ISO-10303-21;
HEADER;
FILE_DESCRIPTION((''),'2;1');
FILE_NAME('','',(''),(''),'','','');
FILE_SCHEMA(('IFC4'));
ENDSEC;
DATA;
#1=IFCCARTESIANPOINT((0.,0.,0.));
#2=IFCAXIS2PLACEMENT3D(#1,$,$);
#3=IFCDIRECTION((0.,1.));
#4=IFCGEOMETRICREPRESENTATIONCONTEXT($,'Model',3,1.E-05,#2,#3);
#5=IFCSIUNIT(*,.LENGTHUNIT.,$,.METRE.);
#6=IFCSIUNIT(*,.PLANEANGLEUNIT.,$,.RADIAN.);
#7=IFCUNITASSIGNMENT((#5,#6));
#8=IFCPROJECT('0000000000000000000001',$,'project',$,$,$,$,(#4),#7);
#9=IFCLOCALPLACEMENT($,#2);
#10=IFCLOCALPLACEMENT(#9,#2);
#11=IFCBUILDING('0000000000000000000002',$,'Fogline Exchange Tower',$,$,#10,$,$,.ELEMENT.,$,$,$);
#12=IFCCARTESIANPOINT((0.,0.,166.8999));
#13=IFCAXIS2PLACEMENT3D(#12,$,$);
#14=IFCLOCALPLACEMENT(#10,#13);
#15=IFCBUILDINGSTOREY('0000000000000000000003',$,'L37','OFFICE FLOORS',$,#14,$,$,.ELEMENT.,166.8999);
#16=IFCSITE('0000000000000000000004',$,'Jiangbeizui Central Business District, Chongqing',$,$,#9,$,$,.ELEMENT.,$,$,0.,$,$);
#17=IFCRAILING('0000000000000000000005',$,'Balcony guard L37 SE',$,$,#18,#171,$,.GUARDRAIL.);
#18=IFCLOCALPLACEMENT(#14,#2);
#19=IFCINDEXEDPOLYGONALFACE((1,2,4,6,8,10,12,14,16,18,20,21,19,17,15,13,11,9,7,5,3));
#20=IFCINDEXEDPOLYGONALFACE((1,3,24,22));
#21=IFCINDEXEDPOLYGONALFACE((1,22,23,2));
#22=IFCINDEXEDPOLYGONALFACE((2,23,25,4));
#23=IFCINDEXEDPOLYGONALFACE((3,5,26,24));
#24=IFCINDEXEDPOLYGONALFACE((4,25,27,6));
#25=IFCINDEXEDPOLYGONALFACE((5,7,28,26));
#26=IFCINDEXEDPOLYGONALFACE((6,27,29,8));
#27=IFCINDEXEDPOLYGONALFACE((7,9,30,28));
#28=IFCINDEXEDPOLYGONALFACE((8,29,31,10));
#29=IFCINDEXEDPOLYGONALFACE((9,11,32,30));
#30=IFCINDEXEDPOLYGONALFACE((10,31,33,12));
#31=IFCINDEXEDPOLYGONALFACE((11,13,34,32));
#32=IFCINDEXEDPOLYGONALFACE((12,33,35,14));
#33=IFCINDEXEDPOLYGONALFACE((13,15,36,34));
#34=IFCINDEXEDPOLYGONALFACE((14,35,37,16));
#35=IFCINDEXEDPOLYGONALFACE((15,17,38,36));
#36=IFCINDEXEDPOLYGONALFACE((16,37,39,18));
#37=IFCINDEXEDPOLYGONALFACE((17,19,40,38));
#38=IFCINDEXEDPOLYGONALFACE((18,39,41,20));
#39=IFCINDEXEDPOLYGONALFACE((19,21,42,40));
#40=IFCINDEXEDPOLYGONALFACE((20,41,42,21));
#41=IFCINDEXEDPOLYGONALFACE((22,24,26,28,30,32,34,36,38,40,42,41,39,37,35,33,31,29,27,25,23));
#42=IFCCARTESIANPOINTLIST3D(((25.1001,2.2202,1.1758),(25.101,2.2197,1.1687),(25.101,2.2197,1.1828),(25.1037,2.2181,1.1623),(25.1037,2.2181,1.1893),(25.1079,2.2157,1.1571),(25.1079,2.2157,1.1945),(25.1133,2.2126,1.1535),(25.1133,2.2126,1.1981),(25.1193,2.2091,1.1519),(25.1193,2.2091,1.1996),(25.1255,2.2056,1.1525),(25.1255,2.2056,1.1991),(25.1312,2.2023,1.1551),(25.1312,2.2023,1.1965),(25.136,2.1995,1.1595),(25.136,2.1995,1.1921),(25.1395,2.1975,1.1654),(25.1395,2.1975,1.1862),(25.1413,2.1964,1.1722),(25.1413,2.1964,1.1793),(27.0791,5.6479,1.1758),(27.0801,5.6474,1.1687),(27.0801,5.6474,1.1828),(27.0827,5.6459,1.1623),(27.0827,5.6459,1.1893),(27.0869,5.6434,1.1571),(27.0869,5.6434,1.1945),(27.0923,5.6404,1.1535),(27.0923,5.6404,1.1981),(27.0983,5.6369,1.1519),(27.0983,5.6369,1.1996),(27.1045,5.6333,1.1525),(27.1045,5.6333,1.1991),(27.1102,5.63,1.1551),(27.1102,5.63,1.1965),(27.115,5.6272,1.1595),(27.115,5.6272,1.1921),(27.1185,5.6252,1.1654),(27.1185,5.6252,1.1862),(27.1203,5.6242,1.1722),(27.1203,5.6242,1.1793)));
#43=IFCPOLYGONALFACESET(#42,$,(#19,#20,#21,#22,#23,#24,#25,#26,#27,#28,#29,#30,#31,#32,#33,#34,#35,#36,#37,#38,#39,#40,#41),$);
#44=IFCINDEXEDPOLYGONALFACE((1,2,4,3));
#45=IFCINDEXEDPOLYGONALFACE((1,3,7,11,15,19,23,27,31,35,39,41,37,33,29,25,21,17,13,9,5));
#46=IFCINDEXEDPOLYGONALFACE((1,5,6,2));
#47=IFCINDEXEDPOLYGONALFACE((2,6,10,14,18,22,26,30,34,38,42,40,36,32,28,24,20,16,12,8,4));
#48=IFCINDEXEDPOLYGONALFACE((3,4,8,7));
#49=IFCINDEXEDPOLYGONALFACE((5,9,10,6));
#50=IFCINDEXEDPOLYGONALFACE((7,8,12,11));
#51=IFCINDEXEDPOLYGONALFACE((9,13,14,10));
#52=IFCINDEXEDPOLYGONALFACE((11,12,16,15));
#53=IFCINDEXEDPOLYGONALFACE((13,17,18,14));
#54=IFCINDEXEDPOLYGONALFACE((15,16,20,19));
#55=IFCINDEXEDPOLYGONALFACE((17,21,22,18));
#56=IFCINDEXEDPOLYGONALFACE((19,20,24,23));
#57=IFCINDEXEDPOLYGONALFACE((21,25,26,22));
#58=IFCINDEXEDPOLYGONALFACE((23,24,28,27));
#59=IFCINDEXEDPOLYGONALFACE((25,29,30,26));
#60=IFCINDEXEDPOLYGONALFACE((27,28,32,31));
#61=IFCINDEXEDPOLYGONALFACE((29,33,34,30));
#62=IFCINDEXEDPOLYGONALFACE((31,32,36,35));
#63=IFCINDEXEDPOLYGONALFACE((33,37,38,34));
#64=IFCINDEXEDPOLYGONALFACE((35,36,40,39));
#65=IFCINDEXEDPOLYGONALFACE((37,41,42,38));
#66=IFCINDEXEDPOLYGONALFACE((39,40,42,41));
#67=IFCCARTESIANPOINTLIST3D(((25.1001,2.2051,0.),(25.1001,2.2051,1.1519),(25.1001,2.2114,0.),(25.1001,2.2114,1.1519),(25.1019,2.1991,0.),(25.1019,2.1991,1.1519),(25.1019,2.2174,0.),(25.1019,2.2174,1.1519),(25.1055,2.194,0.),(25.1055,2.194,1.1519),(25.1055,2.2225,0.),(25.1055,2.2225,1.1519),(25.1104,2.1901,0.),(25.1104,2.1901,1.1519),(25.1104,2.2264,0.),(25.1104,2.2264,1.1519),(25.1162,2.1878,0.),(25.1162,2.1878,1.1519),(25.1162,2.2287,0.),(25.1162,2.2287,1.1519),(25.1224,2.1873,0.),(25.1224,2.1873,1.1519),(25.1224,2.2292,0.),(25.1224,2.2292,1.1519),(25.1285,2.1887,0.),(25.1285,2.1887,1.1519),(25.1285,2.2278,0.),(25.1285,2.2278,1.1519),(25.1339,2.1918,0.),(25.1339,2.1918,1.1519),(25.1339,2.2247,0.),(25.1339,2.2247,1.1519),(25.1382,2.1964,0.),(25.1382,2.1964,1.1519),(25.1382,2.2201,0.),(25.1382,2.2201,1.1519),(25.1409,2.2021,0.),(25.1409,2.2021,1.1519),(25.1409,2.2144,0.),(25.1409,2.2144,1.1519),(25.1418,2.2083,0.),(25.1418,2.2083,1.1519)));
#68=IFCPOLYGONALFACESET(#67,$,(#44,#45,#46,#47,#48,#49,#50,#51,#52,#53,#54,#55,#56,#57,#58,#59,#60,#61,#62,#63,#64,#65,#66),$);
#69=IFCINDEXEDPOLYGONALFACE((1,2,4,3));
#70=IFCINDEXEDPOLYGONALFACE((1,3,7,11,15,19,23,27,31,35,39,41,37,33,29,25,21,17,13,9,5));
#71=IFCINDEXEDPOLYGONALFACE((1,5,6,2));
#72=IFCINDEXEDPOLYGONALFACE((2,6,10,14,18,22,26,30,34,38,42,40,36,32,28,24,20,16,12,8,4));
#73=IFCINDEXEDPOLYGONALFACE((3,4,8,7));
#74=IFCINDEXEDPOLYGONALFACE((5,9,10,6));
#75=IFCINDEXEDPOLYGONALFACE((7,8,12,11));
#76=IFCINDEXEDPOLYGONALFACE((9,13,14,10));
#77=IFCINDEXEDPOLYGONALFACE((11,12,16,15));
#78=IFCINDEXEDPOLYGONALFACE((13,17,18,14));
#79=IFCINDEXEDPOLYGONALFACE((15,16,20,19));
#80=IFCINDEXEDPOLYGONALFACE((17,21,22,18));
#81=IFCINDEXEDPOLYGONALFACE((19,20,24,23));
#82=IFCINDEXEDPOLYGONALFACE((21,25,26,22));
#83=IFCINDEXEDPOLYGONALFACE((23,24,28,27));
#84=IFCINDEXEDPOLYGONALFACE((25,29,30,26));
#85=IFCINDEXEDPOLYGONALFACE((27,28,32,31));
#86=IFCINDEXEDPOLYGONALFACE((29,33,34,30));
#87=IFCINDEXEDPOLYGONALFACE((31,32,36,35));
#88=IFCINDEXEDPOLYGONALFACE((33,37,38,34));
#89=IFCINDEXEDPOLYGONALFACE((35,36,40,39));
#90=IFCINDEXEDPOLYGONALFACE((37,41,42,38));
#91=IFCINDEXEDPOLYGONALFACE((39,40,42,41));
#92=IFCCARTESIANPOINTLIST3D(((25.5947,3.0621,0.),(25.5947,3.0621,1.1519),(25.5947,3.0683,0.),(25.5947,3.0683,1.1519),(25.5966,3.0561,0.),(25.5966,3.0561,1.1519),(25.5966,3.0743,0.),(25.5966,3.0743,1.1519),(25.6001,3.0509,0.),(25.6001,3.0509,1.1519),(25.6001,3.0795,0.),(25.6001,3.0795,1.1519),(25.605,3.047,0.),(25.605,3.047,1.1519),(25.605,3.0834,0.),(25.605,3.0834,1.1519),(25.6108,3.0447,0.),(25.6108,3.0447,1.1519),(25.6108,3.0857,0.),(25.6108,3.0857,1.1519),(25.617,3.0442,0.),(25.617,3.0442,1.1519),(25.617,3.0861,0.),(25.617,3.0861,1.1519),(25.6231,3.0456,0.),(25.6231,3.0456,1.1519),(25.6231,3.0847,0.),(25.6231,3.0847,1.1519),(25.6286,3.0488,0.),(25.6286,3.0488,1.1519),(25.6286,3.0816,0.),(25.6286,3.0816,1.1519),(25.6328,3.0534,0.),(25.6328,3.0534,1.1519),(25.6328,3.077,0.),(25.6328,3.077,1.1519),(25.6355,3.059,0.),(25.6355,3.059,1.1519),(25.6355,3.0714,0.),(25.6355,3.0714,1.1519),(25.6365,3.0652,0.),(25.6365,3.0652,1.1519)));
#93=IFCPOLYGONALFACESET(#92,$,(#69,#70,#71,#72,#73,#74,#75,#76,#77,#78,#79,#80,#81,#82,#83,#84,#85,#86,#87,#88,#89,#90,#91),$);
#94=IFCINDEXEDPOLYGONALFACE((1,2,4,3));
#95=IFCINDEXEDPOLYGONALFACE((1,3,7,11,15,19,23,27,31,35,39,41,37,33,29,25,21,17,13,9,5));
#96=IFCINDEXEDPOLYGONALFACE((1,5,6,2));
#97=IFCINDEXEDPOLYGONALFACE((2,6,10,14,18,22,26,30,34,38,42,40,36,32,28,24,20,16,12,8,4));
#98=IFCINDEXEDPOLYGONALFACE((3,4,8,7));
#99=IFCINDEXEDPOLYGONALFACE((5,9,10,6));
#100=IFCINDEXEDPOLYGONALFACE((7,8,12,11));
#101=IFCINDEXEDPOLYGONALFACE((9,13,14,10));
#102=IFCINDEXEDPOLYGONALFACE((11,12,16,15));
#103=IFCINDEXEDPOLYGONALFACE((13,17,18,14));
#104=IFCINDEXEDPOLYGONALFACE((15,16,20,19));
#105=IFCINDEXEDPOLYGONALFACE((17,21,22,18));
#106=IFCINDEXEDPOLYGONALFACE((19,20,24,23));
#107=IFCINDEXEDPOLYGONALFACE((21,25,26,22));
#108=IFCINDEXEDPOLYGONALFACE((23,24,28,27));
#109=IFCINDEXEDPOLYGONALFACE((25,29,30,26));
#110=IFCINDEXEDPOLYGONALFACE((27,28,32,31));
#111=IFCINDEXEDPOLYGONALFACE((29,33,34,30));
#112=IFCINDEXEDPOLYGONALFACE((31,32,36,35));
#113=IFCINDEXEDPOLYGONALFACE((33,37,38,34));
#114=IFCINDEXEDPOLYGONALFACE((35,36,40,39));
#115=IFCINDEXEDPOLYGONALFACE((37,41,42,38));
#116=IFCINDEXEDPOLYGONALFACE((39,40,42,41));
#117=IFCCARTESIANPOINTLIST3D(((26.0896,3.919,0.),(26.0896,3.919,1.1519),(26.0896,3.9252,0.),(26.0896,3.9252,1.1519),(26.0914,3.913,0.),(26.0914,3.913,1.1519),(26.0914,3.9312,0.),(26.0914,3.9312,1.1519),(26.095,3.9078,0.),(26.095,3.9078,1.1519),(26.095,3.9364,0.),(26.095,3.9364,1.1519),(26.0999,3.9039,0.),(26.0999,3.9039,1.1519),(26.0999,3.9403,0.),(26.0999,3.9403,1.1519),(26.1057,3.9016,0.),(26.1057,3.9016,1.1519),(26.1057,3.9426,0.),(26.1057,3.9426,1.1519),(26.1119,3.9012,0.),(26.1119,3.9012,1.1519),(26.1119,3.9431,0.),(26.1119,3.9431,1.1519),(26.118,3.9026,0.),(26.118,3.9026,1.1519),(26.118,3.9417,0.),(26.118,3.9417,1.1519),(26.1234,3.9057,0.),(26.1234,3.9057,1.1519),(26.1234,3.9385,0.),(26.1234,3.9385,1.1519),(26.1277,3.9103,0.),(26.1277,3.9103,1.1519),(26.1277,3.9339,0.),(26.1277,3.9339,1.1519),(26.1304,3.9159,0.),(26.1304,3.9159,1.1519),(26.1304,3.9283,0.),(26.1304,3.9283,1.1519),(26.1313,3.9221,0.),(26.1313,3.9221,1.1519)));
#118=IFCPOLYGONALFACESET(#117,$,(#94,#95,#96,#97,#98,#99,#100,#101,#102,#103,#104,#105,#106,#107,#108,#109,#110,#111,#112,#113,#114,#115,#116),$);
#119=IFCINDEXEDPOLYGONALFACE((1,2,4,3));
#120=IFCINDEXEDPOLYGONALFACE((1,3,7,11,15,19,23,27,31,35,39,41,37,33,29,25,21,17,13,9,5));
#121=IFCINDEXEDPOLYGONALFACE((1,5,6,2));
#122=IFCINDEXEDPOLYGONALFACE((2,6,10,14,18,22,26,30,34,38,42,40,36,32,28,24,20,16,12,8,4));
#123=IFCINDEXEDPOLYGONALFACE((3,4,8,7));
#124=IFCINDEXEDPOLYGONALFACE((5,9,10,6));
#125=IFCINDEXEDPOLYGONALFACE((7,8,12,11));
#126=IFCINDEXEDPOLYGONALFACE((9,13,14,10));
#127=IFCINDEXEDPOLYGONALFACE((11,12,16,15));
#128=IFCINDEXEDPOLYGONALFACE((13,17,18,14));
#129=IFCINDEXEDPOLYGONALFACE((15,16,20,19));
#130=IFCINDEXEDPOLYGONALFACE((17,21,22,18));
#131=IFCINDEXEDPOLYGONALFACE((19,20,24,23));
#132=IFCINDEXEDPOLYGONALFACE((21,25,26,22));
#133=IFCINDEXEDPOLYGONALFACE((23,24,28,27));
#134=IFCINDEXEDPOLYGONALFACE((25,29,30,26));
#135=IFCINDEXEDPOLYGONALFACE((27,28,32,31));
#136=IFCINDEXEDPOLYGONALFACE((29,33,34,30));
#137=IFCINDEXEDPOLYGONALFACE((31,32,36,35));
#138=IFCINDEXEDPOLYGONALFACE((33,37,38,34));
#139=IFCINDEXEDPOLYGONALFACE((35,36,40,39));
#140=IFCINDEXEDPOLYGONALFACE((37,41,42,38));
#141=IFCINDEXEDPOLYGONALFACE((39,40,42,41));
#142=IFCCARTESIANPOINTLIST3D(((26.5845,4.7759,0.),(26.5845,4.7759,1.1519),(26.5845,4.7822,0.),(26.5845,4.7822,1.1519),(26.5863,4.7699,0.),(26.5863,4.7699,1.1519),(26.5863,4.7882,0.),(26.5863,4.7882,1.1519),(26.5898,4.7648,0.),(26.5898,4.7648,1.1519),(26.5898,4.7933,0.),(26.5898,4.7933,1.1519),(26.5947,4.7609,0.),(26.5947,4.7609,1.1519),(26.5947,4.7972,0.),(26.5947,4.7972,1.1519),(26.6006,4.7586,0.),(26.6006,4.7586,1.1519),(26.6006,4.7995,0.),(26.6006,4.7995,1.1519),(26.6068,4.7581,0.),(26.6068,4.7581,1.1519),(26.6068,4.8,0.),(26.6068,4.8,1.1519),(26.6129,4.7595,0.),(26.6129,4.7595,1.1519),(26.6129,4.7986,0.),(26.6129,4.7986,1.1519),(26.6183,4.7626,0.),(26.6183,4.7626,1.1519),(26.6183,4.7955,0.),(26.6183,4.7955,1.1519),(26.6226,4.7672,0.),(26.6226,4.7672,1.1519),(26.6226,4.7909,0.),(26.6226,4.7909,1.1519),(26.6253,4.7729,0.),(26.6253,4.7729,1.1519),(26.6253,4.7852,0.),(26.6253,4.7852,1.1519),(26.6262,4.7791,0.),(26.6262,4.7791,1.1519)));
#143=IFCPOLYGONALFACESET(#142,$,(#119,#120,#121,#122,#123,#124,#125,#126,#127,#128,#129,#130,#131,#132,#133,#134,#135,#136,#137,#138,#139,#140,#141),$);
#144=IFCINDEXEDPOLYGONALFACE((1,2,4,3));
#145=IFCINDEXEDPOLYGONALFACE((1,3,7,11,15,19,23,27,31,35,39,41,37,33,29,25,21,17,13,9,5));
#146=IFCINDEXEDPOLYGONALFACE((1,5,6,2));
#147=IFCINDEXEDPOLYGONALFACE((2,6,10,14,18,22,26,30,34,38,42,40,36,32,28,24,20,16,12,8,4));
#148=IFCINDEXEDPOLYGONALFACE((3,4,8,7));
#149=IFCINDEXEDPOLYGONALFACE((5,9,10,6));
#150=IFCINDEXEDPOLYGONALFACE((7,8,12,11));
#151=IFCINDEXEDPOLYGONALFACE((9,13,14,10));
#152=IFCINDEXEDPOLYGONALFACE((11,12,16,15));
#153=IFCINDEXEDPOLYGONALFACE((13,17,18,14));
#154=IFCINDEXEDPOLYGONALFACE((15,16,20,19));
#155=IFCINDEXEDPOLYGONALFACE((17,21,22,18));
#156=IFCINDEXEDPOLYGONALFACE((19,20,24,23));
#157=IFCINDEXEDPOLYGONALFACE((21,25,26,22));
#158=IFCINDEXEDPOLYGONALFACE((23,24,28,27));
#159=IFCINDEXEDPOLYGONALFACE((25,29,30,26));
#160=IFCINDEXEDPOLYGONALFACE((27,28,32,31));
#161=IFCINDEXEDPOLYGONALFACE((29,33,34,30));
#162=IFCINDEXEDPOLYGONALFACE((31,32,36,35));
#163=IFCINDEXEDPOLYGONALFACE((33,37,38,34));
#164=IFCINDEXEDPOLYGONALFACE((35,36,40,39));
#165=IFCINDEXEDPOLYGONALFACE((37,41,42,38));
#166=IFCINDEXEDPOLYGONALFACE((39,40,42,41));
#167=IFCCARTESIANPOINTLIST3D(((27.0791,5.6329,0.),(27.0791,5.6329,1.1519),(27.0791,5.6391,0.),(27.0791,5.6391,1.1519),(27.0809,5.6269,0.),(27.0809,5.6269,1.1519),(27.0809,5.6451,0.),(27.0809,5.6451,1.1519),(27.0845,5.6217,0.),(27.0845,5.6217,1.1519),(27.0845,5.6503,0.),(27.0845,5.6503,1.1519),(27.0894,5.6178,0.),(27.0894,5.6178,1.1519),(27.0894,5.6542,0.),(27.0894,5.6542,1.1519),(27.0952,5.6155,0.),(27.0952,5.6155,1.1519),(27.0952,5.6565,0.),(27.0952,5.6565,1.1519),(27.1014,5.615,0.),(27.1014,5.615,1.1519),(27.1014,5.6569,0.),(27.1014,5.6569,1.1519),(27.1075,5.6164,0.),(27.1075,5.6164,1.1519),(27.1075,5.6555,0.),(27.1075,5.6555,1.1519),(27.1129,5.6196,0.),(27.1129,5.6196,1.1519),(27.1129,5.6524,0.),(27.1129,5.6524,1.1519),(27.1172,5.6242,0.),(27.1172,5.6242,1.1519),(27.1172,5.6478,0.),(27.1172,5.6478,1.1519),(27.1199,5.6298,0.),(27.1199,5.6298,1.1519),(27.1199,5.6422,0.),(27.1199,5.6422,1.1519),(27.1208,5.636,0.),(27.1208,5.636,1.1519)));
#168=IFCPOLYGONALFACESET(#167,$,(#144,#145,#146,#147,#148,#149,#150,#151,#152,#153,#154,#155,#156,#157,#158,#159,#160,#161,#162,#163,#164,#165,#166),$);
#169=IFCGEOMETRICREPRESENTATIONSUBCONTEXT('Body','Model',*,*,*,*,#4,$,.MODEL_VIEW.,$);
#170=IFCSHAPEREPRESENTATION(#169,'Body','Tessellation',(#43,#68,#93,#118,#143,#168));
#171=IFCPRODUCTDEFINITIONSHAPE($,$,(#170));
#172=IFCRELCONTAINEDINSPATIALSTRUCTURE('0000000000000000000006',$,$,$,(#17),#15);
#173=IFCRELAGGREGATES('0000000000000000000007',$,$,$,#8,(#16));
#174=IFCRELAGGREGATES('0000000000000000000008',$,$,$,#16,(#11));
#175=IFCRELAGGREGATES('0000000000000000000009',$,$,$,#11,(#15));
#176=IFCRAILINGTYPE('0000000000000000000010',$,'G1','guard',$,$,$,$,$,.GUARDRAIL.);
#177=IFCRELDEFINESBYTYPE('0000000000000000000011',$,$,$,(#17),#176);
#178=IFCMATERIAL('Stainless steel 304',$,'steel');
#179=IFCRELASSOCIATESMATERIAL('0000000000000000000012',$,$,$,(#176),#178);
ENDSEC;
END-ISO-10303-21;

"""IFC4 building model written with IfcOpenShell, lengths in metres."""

from ifc_helpers import new_model, si_unit, direction, frame, origin, origin_2d, place, context, subcontext, project, spatial, circle, extrude, material, type_object, element, save


model = new_model("IFC4")

# Units and contexts
model_context = context("Model", 3, precision=1e-05, world=origin(), true_north=direction((0.0, 1.0)))
body_context = subcontext(model_context, "Body", "Model", "MODEL_VIEW")
ifc_project = project(units=[si_unit("LENGTHUNIT", "METRE"), si_unit("PLANEANGLEUNIT", "RADIAN")], contexts=[model_context])

# Site, building, storey
site_placement = place(None, origin())
site = spatial("IfcSite", under=ifc_project, at=site_placement, Name="Jiangbeizui Central Business District, Chongqing", CompositionType="ELEMENT", RefElevation=0.0)
building_placement = place(site_placement, origin())
building = spatial("IfcBuilding", under=site, at=building_placement, Name="Fogline Exchange Tower", CompositionType="ELEMENT")
storey_placement = place(building_placement, frame((0.0, 0.0, 166.8999)))
storey = spatial("IfcBuildingStorey", under=building, at=storey_placement, Name="L37", Description="OFFICE FLOORS", CompositionType="ELEMENT", Elevation=166.8999)

# Railing
ifc_material_1 = material(Name="Stainless steel 304", Category="steel")
railing_type = type_object("IfcRailingType", Name="G1", Description="guard", PredefinedType="GUARDRAIL", material=ifc_material_1)
railing_placement = place(storey_placement, frame((25.1208, 2.2083, 0.0)))
element("IfcRailing", 1, at=railing_placement, inside=storey, type_object=railing_type, Name="Balcony guard L37 SE", PredefinedType="GUARDRAIL", context=body_context, shape_type="SweptSolid", body=[
    extrude(circle(Radius=0.0239, at=origin_2d()), frame((0.0, 0.0, 1.1758), z_axis=(0.5, 0.866025, 0.0), x_axis=(-0.866025, 0.5, 0.0)), (0.0, 0.0, 1.0), 3.958),
    extrude(circle(Radius=0.021, at=origin_2d()), origin(), (0.0, 0.0, 1.0), 1.1519),
    extrude(circle(Radius=0.021, at=origin_2d()), frame((0.4946, 0.8569, 0.0)), (0.0, 0.0, 1.0), 1.1519),
    extrude(circle(Radius=0.021, at=origin_2d()), frame((0.9895, 1.7139, 0.0)), (0.0, 0.0, 1.0), 1.1519),
    extrude(circle(Radius=0.021, at=origin_2d()), frame((1.4844, 2.5708, 0.0)), (0.0, 0.0, 1.0), 1.1519),
    extrude(circle(Radius=0.021, at=origin_2d()), frame((1.979, 3.4277, 0.0)), (0.0, 0.0, 1.0), 1.1519),
])

save(model, "model.ifc")
